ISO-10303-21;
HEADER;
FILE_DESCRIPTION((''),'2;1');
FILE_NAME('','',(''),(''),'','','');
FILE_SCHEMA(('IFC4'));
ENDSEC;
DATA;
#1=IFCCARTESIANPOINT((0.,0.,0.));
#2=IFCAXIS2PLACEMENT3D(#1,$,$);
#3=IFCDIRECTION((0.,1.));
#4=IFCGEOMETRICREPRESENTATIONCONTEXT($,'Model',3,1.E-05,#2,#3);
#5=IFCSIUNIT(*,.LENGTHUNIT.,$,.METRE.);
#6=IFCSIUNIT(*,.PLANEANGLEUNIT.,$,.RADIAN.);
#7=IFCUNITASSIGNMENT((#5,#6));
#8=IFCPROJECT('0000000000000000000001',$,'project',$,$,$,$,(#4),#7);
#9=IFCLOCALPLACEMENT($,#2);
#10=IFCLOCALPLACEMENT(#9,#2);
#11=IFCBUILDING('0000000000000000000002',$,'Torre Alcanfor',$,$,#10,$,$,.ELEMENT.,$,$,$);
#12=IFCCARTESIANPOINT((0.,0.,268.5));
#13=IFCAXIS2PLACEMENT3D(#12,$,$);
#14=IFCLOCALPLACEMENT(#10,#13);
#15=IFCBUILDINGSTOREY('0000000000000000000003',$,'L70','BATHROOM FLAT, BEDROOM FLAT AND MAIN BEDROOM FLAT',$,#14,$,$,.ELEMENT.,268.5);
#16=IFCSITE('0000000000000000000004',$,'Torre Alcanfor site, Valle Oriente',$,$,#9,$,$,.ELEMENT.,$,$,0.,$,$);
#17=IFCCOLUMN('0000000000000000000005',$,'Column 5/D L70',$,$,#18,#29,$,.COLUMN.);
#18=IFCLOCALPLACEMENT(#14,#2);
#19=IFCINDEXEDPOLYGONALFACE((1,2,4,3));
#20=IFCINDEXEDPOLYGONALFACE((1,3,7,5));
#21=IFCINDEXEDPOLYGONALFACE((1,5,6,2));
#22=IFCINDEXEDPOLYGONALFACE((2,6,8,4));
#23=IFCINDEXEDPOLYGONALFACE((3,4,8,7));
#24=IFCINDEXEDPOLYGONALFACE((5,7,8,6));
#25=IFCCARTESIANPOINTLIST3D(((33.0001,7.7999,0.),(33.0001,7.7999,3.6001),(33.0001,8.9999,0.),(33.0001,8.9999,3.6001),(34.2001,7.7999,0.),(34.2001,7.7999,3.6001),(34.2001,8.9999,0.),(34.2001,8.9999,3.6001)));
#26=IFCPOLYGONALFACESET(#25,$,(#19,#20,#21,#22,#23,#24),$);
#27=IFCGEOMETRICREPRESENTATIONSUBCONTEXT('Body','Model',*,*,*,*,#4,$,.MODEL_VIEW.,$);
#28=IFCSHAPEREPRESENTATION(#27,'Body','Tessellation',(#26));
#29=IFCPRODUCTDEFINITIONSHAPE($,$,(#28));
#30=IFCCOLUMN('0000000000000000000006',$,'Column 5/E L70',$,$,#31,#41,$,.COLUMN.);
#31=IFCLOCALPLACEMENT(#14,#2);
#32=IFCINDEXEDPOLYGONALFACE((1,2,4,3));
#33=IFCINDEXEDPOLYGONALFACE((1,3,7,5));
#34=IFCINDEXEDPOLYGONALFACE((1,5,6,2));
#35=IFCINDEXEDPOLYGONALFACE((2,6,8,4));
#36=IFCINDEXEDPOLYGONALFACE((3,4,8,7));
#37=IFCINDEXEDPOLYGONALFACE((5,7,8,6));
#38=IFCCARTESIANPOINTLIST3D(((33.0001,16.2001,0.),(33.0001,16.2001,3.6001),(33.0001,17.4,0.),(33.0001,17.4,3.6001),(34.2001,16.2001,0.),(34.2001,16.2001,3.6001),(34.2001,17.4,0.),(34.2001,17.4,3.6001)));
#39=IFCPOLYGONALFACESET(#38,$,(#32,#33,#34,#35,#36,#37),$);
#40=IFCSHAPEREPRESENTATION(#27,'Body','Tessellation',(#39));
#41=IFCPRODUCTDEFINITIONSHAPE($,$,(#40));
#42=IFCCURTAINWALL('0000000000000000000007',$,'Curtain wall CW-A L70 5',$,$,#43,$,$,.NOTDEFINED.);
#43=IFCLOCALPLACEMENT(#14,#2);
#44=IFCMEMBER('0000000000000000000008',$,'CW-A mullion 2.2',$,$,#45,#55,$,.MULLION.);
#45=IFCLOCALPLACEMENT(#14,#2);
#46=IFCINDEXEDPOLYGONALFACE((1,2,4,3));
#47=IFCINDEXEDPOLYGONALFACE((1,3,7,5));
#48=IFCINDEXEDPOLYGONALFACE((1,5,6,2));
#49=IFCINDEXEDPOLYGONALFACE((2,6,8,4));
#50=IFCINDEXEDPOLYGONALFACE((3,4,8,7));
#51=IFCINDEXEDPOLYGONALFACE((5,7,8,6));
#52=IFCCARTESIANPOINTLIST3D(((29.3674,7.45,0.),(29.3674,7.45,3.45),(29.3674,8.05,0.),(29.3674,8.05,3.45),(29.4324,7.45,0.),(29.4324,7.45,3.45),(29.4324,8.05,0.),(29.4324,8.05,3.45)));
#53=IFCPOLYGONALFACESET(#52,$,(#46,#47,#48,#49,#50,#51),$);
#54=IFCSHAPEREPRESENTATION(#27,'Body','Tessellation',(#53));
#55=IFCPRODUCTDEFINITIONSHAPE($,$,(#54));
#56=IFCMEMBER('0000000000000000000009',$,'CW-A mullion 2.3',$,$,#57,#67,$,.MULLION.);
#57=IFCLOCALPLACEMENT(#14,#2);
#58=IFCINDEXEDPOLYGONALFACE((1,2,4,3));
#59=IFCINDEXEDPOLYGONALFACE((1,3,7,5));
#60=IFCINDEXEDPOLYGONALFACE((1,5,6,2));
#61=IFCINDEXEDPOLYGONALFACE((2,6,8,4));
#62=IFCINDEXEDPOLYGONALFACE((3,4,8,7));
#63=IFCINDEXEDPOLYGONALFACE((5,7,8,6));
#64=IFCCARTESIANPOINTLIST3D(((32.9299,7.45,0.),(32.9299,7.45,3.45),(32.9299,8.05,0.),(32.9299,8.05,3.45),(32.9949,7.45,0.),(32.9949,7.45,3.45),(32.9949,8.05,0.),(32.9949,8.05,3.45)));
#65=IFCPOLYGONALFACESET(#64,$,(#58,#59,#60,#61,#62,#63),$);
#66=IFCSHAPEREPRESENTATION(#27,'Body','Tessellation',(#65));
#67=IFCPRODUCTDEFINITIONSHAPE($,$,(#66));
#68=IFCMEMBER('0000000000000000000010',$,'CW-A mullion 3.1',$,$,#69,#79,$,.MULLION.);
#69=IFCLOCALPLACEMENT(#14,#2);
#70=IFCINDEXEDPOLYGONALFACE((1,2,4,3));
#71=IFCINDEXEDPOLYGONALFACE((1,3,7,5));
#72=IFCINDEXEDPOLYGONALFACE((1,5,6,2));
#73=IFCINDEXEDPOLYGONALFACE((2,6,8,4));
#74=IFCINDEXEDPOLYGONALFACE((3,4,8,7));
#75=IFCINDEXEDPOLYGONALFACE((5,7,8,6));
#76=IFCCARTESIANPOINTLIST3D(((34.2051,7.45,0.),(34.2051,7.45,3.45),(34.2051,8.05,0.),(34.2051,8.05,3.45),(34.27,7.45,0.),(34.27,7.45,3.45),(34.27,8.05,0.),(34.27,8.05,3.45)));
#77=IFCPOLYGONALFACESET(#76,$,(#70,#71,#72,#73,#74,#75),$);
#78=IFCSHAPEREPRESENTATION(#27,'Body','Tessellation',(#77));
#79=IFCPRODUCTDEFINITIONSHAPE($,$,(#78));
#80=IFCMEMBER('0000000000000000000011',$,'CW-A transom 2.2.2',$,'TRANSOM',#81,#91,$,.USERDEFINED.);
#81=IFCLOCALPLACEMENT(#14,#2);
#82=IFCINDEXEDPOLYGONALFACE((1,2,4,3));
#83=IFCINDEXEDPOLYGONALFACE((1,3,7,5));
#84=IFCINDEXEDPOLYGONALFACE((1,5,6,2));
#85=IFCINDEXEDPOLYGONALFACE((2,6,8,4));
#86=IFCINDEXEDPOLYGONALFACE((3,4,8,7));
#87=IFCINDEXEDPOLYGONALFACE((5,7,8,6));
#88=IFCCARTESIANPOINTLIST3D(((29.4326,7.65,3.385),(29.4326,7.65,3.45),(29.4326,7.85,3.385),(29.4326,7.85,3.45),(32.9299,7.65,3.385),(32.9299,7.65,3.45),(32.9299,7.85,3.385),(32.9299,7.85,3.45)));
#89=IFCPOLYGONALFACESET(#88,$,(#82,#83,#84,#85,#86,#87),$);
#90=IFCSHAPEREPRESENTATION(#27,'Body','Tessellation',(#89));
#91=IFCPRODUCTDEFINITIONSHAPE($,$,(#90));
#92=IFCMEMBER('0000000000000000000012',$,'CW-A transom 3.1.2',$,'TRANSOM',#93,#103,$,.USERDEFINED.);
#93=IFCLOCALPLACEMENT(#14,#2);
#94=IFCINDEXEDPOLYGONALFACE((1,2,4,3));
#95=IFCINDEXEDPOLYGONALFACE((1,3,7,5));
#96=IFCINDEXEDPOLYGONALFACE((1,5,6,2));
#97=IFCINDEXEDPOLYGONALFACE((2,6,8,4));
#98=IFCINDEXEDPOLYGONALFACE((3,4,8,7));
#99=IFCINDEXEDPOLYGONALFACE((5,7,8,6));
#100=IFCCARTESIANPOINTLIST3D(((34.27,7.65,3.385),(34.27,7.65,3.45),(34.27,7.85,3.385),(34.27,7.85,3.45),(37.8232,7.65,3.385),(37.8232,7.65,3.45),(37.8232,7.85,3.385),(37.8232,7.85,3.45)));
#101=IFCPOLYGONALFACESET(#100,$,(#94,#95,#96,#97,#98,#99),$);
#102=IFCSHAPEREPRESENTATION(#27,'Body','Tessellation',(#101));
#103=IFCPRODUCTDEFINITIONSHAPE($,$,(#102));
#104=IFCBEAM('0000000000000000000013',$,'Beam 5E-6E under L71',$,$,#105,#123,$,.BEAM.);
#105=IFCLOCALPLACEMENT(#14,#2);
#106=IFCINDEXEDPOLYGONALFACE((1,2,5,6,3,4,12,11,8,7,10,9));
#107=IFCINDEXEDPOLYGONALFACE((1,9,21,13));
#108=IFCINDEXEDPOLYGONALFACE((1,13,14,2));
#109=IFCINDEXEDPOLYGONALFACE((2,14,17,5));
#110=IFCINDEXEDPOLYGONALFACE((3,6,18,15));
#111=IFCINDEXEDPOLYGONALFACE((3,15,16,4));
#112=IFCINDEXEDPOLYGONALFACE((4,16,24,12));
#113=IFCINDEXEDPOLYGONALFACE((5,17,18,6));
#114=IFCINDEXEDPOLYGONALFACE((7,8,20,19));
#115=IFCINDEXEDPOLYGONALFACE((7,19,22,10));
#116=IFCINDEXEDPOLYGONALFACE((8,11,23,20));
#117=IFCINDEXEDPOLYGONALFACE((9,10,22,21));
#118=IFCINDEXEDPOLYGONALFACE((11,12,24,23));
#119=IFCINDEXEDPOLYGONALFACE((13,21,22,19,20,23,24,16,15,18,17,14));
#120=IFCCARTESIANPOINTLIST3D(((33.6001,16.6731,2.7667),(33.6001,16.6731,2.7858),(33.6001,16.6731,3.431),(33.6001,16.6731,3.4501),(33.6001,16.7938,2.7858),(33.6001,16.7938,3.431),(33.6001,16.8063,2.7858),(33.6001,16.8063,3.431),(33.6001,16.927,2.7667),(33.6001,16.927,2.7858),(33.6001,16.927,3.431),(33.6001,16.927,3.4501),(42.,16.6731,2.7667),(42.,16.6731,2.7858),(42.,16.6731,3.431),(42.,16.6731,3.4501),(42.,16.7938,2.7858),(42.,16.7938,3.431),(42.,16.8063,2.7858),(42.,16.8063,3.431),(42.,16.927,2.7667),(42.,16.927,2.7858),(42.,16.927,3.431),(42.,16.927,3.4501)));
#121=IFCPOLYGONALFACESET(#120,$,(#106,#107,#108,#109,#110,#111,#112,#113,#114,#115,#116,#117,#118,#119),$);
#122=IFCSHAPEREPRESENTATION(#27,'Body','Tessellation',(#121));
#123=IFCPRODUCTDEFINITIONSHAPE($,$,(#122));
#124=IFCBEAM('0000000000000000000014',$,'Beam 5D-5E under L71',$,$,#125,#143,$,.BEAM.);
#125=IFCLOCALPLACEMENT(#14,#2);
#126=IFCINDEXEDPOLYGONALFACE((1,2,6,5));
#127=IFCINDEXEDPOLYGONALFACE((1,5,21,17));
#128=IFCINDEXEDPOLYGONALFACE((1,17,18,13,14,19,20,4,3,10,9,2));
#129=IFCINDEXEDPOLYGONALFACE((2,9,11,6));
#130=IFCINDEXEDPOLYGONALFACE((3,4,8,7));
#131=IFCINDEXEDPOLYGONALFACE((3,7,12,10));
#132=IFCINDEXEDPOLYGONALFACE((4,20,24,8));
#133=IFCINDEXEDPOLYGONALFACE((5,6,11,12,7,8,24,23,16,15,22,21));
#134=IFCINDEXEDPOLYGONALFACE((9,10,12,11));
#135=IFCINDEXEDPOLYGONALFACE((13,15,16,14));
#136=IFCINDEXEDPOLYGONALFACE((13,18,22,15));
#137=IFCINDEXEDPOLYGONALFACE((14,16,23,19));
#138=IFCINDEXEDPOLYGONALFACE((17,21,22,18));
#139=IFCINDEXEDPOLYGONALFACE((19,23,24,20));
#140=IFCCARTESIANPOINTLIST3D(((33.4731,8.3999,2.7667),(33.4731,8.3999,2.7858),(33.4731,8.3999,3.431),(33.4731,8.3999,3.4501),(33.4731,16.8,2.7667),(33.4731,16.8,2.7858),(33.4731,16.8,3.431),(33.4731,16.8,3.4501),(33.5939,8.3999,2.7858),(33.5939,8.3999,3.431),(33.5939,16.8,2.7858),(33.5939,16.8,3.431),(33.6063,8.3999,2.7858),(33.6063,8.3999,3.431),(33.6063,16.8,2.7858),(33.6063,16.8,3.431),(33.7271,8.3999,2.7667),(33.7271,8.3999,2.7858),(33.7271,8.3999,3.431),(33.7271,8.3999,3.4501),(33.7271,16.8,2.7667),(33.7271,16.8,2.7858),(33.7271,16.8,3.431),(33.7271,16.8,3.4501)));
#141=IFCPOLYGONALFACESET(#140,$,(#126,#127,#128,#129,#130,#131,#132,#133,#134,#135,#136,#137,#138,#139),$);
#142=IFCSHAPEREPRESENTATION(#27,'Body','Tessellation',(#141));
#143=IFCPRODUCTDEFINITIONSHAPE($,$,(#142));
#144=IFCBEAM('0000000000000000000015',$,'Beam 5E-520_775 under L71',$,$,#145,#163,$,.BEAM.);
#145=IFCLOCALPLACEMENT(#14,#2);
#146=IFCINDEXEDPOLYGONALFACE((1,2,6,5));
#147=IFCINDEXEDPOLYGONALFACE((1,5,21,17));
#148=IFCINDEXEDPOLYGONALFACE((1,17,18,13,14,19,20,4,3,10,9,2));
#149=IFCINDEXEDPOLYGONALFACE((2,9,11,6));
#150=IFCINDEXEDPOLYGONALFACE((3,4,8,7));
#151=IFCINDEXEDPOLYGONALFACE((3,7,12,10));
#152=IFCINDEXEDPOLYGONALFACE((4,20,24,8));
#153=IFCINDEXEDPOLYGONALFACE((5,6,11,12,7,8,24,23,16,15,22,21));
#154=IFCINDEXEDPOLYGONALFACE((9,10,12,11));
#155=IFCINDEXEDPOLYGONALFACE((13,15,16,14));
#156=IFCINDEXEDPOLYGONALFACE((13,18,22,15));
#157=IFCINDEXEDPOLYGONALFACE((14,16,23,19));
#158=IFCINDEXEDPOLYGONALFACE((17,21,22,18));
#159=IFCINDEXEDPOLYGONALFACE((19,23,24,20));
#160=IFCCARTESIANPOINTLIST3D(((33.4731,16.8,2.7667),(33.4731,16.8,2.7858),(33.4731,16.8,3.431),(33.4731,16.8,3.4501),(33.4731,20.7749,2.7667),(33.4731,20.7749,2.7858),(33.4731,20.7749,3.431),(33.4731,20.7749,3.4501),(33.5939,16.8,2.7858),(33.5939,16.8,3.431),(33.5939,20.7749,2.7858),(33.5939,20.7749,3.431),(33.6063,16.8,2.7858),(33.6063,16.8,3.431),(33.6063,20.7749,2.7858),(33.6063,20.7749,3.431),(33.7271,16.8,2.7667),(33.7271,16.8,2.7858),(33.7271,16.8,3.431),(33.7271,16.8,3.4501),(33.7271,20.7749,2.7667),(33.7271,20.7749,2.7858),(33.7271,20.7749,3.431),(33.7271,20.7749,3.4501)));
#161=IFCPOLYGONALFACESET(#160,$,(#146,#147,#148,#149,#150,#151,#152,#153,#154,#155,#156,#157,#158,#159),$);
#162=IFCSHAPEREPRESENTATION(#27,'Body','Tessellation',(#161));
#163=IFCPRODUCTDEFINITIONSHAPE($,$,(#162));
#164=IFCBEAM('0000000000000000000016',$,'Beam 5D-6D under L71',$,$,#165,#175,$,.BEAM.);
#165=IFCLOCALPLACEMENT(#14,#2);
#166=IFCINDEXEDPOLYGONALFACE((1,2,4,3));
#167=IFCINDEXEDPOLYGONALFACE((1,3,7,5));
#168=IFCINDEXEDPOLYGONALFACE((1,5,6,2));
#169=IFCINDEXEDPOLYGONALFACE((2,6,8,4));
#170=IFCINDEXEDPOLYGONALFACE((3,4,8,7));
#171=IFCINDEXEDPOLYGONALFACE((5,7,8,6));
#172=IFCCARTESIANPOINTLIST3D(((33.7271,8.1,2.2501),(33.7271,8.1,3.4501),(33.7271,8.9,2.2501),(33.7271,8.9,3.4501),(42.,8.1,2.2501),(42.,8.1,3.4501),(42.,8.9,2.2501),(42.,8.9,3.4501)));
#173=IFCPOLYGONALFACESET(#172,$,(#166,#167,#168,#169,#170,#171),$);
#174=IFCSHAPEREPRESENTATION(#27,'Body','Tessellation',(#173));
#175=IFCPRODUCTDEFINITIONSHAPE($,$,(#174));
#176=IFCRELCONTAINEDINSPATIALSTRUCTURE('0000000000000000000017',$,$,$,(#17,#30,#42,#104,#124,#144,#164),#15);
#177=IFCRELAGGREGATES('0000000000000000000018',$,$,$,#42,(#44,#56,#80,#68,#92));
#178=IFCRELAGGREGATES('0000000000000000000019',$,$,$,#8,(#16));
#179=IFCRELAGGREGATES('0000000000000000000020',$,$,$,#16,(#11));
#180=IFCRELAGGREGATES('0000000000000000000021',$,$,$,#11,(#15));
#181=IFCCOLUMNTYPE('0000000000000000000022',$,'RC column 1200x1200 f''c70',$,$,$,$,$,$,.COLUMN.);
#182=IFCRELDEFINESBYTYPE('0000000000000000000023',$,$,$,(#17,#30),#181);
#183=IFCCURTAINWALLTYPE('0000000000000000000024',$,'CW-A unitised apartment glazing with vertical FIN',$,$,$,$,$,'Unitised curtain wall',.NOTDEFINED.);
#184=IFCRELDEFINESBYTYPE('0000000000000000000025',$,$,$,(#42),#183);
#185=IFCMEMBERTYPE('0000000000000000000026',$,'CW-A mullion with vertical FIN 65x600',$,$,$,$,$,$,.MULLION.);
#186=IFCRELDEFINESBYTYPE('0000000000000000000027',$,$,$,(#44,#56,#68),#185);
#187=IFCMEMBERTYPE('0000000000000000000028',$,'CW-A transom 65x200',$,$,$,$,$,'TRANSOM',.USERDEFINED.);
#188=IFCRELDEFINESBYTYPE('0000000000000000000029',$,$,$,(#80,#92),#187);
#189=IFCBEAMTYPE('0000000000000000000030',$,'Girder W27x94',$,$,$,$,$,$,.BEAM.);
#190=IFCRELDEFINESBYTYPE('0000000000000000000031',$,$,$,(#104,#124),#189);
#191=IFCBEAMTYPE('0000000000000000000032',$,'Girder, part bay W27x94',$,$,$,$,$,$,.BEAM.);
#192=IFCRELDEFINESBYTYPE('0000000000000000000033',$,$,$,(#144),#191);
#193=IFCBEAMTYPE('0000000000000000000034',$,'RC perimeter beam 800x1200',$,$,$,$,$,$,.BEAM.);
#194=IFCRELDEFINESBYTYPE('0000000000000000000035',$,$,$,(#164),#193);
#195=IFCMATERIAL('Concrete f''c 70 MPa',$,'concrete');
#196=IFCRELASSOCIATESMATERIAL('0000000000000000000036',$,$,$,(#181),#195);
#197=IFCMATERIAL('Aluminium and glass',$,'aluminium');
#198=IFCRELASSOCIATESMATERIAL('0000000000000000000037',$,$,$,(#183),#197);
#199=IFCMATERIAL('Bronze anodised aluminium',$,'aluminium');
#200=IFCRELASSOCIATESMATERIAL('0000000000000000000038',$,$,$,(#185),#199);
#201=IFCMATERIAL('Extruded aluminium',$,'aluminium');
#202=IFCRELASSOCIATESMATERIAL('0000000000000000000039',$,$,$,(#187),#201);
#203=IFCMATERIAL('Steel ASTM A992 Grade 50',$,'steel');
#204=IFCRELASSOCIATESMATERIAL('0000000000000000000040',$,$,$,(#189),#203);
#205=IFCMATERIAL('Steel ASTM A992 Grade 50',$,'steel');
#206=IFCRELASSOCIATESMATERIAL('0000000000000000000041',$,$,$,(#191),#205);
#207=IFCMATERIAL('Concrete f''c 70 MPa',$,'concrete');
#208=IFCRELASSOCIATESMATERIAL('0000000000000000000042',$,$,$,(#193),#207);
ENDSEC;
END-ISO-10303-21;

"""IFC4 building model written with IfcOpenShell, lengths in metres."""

from ifc_helpers import new_model, si_unit, direction, frame, origin, origin_2d, place, context, subcontext, project, spatial, rectangle, i_section, extrude, material, material_profile, profile_set, type_object, element, aggregate, save


model = new_model("IFC4")

# Units and contexts
model_context = context("Model", 3, precision=1e-05, world=origin(), true_north=direction((0.0, 1.0)))
body_context = subcontext(model_context, "Body", "Model", "MODEL_VIEW")
ifc_project = project(units=[si_unit("LENGTHUNIT", "METRE"), si_unit("PLANEANGLEUNIT", "RADIAN")], contexts=[model_context])

# Site, building, storey
site_placement = place(None, origin())
site = spatial("IfcSite", under=ifc_project, at=site_placement, Name="Torre Alcanfor site, Valle Oriente", CompositionType="ELEMENT", RefElevation=0.0)
building_placement = place(site_placement, origin())
building = spatial("IfcBuilding", under=site, at=building_placement, Name="Torre Alcanfor", CompositionType="ELEMENT")
storey_placement = place(building_placement, frame((0.0, 0.0, 268.5)))
storey = spatial("IfcBuildingStorey", under=building, at=storey_placement, Name="L70", Description="BATHROOM FLAT, BEDROOM FLAT AND MAIN BEDROOM FLAT", CompositionType="ELEMENT", Elevation=268.5)

# Columns
ifc_material_1 = material(Name="Concrete f'c 70 MPa", Category="concrete")
ifc_material_profile_1 = material_profile(ifc_material_1, rectangle(XDim=1.2, YDim=1.2, at=origin_2d()), Name="1200x1200")
ifc_profile_set_1 = profile_set([ifc_material_profile_1], Name="Concrete f'c 70 MPa")
column_type = type_object("IfcColumnType", Name="RC column 1200x1200 f'c70", PredefinedType="COLUMN", material=ifc_profile_set_1)
for number, where, z_axis, x_axis, name in (
    (1, (33.6001, 8.3999, 0.0), (0.0, 0.0, 1.0), (1.0, 0.0, 0.0), "Column 5/D L70"),
    (2, (33.6001, 16.8, 0.0), (0.0, 0.0, 1.0), (1.0, 0.0, 0.0), "Column 5/E L70"),
):
    element("IfcColumn", number, at=place(storey_placement, frame(where, z_axis=z_axis, x_axis=x_axis)), inside=storey, type_object=column_type, Name=name, PredefinedType="COLUMN", context=body_context, shape_type="SweptSolid", body=[
        extrude(rectangle(XDim=1.2, YDim=1.2, at=origin_2d()), origin(), (0.0, 0.0, 1.0), 3.6001),
    ])

# Curtain wall, members
ifc_material_2 = material(Name="Aluminium and glass", Category="aluminium")
curtain_wall_type = type_object("IfcCurtainWallType", Name="CW-A unitised apartment glazing with vertical FIN", ElementType="Unitised curtain wall", PredefinedType="NOTDEFINED", material=ifc_material_2)
curtain_wall_placement = place(storey_placement, origin())
curtain_wall = element("IfcCurtainWall", 3, at=curtain_wall_placement, inside=storey, type_object=curtain_wall_type, Name="Curtain wall CW-A L70 5", PredefinedType="NOTDEFINED")
ifc_material_3 = material(Name="Bronze anodised aluminium", Category="aluminium")
ifc_material_profile_2 = material_profile(ifc_material_3, rectangle(XDim=0.6001, YDim=0.0649, at=origin_2d()), Name="CW-A mullion 65x600")
ifc_profile_set_2 = profile_set([ifc_material_profile_2], Name="Bronze anodised aluminium")
member_type_1 = type_object("IfcMemberType", Name="CW-A mullion with vertical FIN 65x600", PredefinedType="MULLION", material=ifc_profile_set_2)
member_1_placement = place(storey_placement, frame((29.3999, 7.75, 0.0), z_axis=(0.0, 0.0, 1.0), x_axis=(0.0, 1.0, 0.0)))
member_1 = element("IfcMember", 4, at=member_1_placement, type_object=member_type_1, Name="CW-A mullion 2.2", PredefinedType="MULLION", context=body_context, shape_type="SweptSolid", body=[
    extrude(rectangle(XDim=0.6001, YDim=0.0649, at=origin_2d()), origin(), (0.0, 0.0, 1.0), 3.45),
])
member_2_placement = place(storey_placement, frame((32.9624, 7.75, 0.0), z_axis=(0.0, 0.0, 1.0), x_axis=(0.0, 1.0, 0.0)))
member_2 = element("IfcMember", 5, at=member_2_placement, type_object=member_type_1, Name="CW-A mullion 2.3", PredefinedType="MULLION", context=body_context, shape_type="SweptSolid", body=[
    extrude(rectangle(XDim=0.6001, YDim=0.0649, at=origin_2d()), origin(), (0.0, 0.0, 1.0), 3.45),
])
member_3_placement = place(storey_placement, frame((34.2375, 7.75, 0.0), z_axis=(0.0, 0.0, 1.0), x_axis=(0.0, 1.0, 0.0)))
member_3 = element("IfcMember", 6, at=member_3_placement, type_object=member_type_1, Name="CW-A mullion 3.1", PredefinedType="MULLION", context=body_context, shape_type="SweptSolid", body=[
    extrude(rectangle(XDim=0.6001, YDim=0.0649, at=origin_2d()), origin(), (0.0, 0.0, 1.0), 3.45),
])
ifc_material_4 = material(Name="Extruded aluminium", Category="aluminium")
ifc_material_profile_3 = material_profile(ifc_material_4, rectangle(XDim=0.2, YDim=0.0649, at=origin_2d()), Name="CW-A transom 200x65")
ifc_profile_set_3 = profile_set([ifc_material_profile_3], Name="Extruded aluminium")
member_type_2 = type_object("IfcMemberType", Name="CW-A transom 65x200", ElementType="TRANSOM", PredefinedType="USERDEFINED", material=ifc_profile_set_3)
member_4_placement = place(storey_placement, frame((29.4326, 7.75, 3.4175), z_axis=(1.0, 0.0, 0.0), x_axis=(0.0, 1.0, 0.0)))
member_4 = element("IfcMember", 7, at=member_4_placement, type_object=member_type_2, Name="CW-A transom 2.2.2", ObjectType="TRANSOM", PredefinedType="USERDEFINED", context=body_context, shape_type="SweptSolid", body=[
    extrude(rectangle(XDim=0.2, YDim=0.0649, at=origin_2d()), origin(), (0.0, 0.0, 1.0), 3.4973),
])
member_5_placement = place(storey_placement, frame((34.27, 7.75, 3.4175), z_axis=(1.0, 0.0, 0.0), x_axis=(0.0, 1.0, 0.0)))
member_5 = element("IfcMember", 8, at=member_5_placement, type_object=member_type_2, Name="CW-A transom 3.1.2", ObjectType="TRANSOM", PredefinedType="USERDEFINED", context=body_context, shape_type="SweptSolid", body=[
    extrude(rectangle(XDim=0.2, YDim=0.0649, at=origin_2d()), origin(), (0.0, 0.0, 1.0), 3.5532),
])

# Beams
ifc_material_5 = material(Name="Steel ASTM A992 Grade 50", Category="steel")
ifc_material_profile_4 = material_profile(ifc_material_5, i_section(OverallWidth=0.2539, OverallDepth=0.6833, WebThickness=0.0125, FlangeThickness=0.019, at=origin_2d()), Name="W27x94")
ifc_profile_set_4 = profile_set([ifc_material_profile_4], Name="Steel ASTM A992 Grade 50")
beam_type_1 = type_object("IfcBeamType", Name="Girder W27x94", PredefinedType="BEAM", material=ifc_profile_set_4)
beam_1_placement = place(storey_placement, frame((33.6001, 16.8, 3.1084), z_axis=(1.0, 0.0, 0.0), x_axis=(0.0, 1.0, 0.0)))
element("IfcBeam", 9, at=beam_1_placement, inside=storey, type_object=beam_type_1, Name="Beam 5E-6E under L71", PredefinedType="BEAM", context=body_context, shape_type="SweptSolid", body=[
    extrude(i_section(OverallWidth=0.2539, OverallDepth=0.6833, WebThickness=0.0125, FlangeThickness=0.019, at=origin_2d()), origin(), (0.0, 0.0, 1.0), 8.3999),
])
beam_2_placement = place(storey_placement, frame((33.6001, 8.3999, 3.1084), z_axis=(0.0, 1.0, 0.0), x_axis=(-1.0, 0.0, 0.0)))
element("IfcBeam", 10, at=beam_2_placement, inside=storey, type_object=beam_type_1, Name="Beam 5D-5E under L71", PredefinedType="BEAM", context=body_context, shape_type="SweptSolid", body=[
    extrude(i_section(OverallWidth=0.2539, OverallDepth=0.6833, WebThickness=0.0125, FlangeThickness=0.019, at=origin_2d()), origin(), (0.0, 0.0, 1.0), 8.4001),
])
ifc_material_6 = material(Name="Steel ASTM A992 Grade 50", Category="steel")
ifc_material_profile_5 = material_profile(ifc_material_6, i_section(OverallWidth=0.2539, OverallDepth=0.6833, WebThickness=0.0125, FlangeThickness=0.019, at=origin_2d()), Name="W27x94")
ifc_profile_set_5 = profile_set([ifc_material_profile_5], Name="Steel ASTM A992 Grade 50")
beam_type_2 = type_object("IfcBeamType", Name="Girder, part bay W27x94", PredefinedType="BEAM", material=ifc_profile_set_5)
beam_3_placement = place(storey_placement, frame((33.6001, 16.8, 3.1084), z_axis=(0.0, 1.0, 0.0), x_axis=(-1.0, 0.0, 0.0)))
element("IfcBeam", 11, at=beam_3_placement, inside=storey, type_object=beam_type_2, Name="Beam 5E-520_775 under L71", PredefinedType="BEAM", context=body_context, shape_type="SweptSolid", body=[
    extrude(i_section(OverallWidth=0.2539, OverallDepth=0.6833, WebThickness=0.0125, FlangeThickness=0.019, at=origin_2d()), origin(), (0.0, 0.0, 1.0), 3.9749),
])
ifc_material_7 = material(Name="Concrete f'c 70 MPa", Category="concrete")
ifc_material_profile_6 = material_profile(ifc_material_7, rectangle(XDim=0.8, YDim=1.2, at=origin_2d()), Name="800x1200")
ifc_profile_set_6 = profile_set([ifc_material_profile_6], Name="Concrete f'c 70 MPa")
beam_type_3 = type_object("IfcBeamType", Name="RC perimeter beam 800x1200", PredefinedType="BEAM", material=ifc_profile_set_6)
beam_4_placement = place(storey_placement, frame((33.7271, 8.5, 2.8501), z_axis=(1.0, 0.0, 0.0), x_axis=(0.0, 1.0, 0.0)))
element("IfcBeam", 12, at=beam_4_placement, inside=storey, type_object=beam_type_3, Name="Beam 5D-6D under L71", PredefinedType="BEAM", context=body_context, shape_type="SweptSolid", body=[
    extrude(rectangle(XDim=0.8, YDim=1.2, at=origin_2d()), origin(), (0.0, 0.0, 1.0), 8.2729),
])

aggregate(curtain_wall, [member_1, member_2, member_4, member_3, member_5])

save(model, "model.ifc")
